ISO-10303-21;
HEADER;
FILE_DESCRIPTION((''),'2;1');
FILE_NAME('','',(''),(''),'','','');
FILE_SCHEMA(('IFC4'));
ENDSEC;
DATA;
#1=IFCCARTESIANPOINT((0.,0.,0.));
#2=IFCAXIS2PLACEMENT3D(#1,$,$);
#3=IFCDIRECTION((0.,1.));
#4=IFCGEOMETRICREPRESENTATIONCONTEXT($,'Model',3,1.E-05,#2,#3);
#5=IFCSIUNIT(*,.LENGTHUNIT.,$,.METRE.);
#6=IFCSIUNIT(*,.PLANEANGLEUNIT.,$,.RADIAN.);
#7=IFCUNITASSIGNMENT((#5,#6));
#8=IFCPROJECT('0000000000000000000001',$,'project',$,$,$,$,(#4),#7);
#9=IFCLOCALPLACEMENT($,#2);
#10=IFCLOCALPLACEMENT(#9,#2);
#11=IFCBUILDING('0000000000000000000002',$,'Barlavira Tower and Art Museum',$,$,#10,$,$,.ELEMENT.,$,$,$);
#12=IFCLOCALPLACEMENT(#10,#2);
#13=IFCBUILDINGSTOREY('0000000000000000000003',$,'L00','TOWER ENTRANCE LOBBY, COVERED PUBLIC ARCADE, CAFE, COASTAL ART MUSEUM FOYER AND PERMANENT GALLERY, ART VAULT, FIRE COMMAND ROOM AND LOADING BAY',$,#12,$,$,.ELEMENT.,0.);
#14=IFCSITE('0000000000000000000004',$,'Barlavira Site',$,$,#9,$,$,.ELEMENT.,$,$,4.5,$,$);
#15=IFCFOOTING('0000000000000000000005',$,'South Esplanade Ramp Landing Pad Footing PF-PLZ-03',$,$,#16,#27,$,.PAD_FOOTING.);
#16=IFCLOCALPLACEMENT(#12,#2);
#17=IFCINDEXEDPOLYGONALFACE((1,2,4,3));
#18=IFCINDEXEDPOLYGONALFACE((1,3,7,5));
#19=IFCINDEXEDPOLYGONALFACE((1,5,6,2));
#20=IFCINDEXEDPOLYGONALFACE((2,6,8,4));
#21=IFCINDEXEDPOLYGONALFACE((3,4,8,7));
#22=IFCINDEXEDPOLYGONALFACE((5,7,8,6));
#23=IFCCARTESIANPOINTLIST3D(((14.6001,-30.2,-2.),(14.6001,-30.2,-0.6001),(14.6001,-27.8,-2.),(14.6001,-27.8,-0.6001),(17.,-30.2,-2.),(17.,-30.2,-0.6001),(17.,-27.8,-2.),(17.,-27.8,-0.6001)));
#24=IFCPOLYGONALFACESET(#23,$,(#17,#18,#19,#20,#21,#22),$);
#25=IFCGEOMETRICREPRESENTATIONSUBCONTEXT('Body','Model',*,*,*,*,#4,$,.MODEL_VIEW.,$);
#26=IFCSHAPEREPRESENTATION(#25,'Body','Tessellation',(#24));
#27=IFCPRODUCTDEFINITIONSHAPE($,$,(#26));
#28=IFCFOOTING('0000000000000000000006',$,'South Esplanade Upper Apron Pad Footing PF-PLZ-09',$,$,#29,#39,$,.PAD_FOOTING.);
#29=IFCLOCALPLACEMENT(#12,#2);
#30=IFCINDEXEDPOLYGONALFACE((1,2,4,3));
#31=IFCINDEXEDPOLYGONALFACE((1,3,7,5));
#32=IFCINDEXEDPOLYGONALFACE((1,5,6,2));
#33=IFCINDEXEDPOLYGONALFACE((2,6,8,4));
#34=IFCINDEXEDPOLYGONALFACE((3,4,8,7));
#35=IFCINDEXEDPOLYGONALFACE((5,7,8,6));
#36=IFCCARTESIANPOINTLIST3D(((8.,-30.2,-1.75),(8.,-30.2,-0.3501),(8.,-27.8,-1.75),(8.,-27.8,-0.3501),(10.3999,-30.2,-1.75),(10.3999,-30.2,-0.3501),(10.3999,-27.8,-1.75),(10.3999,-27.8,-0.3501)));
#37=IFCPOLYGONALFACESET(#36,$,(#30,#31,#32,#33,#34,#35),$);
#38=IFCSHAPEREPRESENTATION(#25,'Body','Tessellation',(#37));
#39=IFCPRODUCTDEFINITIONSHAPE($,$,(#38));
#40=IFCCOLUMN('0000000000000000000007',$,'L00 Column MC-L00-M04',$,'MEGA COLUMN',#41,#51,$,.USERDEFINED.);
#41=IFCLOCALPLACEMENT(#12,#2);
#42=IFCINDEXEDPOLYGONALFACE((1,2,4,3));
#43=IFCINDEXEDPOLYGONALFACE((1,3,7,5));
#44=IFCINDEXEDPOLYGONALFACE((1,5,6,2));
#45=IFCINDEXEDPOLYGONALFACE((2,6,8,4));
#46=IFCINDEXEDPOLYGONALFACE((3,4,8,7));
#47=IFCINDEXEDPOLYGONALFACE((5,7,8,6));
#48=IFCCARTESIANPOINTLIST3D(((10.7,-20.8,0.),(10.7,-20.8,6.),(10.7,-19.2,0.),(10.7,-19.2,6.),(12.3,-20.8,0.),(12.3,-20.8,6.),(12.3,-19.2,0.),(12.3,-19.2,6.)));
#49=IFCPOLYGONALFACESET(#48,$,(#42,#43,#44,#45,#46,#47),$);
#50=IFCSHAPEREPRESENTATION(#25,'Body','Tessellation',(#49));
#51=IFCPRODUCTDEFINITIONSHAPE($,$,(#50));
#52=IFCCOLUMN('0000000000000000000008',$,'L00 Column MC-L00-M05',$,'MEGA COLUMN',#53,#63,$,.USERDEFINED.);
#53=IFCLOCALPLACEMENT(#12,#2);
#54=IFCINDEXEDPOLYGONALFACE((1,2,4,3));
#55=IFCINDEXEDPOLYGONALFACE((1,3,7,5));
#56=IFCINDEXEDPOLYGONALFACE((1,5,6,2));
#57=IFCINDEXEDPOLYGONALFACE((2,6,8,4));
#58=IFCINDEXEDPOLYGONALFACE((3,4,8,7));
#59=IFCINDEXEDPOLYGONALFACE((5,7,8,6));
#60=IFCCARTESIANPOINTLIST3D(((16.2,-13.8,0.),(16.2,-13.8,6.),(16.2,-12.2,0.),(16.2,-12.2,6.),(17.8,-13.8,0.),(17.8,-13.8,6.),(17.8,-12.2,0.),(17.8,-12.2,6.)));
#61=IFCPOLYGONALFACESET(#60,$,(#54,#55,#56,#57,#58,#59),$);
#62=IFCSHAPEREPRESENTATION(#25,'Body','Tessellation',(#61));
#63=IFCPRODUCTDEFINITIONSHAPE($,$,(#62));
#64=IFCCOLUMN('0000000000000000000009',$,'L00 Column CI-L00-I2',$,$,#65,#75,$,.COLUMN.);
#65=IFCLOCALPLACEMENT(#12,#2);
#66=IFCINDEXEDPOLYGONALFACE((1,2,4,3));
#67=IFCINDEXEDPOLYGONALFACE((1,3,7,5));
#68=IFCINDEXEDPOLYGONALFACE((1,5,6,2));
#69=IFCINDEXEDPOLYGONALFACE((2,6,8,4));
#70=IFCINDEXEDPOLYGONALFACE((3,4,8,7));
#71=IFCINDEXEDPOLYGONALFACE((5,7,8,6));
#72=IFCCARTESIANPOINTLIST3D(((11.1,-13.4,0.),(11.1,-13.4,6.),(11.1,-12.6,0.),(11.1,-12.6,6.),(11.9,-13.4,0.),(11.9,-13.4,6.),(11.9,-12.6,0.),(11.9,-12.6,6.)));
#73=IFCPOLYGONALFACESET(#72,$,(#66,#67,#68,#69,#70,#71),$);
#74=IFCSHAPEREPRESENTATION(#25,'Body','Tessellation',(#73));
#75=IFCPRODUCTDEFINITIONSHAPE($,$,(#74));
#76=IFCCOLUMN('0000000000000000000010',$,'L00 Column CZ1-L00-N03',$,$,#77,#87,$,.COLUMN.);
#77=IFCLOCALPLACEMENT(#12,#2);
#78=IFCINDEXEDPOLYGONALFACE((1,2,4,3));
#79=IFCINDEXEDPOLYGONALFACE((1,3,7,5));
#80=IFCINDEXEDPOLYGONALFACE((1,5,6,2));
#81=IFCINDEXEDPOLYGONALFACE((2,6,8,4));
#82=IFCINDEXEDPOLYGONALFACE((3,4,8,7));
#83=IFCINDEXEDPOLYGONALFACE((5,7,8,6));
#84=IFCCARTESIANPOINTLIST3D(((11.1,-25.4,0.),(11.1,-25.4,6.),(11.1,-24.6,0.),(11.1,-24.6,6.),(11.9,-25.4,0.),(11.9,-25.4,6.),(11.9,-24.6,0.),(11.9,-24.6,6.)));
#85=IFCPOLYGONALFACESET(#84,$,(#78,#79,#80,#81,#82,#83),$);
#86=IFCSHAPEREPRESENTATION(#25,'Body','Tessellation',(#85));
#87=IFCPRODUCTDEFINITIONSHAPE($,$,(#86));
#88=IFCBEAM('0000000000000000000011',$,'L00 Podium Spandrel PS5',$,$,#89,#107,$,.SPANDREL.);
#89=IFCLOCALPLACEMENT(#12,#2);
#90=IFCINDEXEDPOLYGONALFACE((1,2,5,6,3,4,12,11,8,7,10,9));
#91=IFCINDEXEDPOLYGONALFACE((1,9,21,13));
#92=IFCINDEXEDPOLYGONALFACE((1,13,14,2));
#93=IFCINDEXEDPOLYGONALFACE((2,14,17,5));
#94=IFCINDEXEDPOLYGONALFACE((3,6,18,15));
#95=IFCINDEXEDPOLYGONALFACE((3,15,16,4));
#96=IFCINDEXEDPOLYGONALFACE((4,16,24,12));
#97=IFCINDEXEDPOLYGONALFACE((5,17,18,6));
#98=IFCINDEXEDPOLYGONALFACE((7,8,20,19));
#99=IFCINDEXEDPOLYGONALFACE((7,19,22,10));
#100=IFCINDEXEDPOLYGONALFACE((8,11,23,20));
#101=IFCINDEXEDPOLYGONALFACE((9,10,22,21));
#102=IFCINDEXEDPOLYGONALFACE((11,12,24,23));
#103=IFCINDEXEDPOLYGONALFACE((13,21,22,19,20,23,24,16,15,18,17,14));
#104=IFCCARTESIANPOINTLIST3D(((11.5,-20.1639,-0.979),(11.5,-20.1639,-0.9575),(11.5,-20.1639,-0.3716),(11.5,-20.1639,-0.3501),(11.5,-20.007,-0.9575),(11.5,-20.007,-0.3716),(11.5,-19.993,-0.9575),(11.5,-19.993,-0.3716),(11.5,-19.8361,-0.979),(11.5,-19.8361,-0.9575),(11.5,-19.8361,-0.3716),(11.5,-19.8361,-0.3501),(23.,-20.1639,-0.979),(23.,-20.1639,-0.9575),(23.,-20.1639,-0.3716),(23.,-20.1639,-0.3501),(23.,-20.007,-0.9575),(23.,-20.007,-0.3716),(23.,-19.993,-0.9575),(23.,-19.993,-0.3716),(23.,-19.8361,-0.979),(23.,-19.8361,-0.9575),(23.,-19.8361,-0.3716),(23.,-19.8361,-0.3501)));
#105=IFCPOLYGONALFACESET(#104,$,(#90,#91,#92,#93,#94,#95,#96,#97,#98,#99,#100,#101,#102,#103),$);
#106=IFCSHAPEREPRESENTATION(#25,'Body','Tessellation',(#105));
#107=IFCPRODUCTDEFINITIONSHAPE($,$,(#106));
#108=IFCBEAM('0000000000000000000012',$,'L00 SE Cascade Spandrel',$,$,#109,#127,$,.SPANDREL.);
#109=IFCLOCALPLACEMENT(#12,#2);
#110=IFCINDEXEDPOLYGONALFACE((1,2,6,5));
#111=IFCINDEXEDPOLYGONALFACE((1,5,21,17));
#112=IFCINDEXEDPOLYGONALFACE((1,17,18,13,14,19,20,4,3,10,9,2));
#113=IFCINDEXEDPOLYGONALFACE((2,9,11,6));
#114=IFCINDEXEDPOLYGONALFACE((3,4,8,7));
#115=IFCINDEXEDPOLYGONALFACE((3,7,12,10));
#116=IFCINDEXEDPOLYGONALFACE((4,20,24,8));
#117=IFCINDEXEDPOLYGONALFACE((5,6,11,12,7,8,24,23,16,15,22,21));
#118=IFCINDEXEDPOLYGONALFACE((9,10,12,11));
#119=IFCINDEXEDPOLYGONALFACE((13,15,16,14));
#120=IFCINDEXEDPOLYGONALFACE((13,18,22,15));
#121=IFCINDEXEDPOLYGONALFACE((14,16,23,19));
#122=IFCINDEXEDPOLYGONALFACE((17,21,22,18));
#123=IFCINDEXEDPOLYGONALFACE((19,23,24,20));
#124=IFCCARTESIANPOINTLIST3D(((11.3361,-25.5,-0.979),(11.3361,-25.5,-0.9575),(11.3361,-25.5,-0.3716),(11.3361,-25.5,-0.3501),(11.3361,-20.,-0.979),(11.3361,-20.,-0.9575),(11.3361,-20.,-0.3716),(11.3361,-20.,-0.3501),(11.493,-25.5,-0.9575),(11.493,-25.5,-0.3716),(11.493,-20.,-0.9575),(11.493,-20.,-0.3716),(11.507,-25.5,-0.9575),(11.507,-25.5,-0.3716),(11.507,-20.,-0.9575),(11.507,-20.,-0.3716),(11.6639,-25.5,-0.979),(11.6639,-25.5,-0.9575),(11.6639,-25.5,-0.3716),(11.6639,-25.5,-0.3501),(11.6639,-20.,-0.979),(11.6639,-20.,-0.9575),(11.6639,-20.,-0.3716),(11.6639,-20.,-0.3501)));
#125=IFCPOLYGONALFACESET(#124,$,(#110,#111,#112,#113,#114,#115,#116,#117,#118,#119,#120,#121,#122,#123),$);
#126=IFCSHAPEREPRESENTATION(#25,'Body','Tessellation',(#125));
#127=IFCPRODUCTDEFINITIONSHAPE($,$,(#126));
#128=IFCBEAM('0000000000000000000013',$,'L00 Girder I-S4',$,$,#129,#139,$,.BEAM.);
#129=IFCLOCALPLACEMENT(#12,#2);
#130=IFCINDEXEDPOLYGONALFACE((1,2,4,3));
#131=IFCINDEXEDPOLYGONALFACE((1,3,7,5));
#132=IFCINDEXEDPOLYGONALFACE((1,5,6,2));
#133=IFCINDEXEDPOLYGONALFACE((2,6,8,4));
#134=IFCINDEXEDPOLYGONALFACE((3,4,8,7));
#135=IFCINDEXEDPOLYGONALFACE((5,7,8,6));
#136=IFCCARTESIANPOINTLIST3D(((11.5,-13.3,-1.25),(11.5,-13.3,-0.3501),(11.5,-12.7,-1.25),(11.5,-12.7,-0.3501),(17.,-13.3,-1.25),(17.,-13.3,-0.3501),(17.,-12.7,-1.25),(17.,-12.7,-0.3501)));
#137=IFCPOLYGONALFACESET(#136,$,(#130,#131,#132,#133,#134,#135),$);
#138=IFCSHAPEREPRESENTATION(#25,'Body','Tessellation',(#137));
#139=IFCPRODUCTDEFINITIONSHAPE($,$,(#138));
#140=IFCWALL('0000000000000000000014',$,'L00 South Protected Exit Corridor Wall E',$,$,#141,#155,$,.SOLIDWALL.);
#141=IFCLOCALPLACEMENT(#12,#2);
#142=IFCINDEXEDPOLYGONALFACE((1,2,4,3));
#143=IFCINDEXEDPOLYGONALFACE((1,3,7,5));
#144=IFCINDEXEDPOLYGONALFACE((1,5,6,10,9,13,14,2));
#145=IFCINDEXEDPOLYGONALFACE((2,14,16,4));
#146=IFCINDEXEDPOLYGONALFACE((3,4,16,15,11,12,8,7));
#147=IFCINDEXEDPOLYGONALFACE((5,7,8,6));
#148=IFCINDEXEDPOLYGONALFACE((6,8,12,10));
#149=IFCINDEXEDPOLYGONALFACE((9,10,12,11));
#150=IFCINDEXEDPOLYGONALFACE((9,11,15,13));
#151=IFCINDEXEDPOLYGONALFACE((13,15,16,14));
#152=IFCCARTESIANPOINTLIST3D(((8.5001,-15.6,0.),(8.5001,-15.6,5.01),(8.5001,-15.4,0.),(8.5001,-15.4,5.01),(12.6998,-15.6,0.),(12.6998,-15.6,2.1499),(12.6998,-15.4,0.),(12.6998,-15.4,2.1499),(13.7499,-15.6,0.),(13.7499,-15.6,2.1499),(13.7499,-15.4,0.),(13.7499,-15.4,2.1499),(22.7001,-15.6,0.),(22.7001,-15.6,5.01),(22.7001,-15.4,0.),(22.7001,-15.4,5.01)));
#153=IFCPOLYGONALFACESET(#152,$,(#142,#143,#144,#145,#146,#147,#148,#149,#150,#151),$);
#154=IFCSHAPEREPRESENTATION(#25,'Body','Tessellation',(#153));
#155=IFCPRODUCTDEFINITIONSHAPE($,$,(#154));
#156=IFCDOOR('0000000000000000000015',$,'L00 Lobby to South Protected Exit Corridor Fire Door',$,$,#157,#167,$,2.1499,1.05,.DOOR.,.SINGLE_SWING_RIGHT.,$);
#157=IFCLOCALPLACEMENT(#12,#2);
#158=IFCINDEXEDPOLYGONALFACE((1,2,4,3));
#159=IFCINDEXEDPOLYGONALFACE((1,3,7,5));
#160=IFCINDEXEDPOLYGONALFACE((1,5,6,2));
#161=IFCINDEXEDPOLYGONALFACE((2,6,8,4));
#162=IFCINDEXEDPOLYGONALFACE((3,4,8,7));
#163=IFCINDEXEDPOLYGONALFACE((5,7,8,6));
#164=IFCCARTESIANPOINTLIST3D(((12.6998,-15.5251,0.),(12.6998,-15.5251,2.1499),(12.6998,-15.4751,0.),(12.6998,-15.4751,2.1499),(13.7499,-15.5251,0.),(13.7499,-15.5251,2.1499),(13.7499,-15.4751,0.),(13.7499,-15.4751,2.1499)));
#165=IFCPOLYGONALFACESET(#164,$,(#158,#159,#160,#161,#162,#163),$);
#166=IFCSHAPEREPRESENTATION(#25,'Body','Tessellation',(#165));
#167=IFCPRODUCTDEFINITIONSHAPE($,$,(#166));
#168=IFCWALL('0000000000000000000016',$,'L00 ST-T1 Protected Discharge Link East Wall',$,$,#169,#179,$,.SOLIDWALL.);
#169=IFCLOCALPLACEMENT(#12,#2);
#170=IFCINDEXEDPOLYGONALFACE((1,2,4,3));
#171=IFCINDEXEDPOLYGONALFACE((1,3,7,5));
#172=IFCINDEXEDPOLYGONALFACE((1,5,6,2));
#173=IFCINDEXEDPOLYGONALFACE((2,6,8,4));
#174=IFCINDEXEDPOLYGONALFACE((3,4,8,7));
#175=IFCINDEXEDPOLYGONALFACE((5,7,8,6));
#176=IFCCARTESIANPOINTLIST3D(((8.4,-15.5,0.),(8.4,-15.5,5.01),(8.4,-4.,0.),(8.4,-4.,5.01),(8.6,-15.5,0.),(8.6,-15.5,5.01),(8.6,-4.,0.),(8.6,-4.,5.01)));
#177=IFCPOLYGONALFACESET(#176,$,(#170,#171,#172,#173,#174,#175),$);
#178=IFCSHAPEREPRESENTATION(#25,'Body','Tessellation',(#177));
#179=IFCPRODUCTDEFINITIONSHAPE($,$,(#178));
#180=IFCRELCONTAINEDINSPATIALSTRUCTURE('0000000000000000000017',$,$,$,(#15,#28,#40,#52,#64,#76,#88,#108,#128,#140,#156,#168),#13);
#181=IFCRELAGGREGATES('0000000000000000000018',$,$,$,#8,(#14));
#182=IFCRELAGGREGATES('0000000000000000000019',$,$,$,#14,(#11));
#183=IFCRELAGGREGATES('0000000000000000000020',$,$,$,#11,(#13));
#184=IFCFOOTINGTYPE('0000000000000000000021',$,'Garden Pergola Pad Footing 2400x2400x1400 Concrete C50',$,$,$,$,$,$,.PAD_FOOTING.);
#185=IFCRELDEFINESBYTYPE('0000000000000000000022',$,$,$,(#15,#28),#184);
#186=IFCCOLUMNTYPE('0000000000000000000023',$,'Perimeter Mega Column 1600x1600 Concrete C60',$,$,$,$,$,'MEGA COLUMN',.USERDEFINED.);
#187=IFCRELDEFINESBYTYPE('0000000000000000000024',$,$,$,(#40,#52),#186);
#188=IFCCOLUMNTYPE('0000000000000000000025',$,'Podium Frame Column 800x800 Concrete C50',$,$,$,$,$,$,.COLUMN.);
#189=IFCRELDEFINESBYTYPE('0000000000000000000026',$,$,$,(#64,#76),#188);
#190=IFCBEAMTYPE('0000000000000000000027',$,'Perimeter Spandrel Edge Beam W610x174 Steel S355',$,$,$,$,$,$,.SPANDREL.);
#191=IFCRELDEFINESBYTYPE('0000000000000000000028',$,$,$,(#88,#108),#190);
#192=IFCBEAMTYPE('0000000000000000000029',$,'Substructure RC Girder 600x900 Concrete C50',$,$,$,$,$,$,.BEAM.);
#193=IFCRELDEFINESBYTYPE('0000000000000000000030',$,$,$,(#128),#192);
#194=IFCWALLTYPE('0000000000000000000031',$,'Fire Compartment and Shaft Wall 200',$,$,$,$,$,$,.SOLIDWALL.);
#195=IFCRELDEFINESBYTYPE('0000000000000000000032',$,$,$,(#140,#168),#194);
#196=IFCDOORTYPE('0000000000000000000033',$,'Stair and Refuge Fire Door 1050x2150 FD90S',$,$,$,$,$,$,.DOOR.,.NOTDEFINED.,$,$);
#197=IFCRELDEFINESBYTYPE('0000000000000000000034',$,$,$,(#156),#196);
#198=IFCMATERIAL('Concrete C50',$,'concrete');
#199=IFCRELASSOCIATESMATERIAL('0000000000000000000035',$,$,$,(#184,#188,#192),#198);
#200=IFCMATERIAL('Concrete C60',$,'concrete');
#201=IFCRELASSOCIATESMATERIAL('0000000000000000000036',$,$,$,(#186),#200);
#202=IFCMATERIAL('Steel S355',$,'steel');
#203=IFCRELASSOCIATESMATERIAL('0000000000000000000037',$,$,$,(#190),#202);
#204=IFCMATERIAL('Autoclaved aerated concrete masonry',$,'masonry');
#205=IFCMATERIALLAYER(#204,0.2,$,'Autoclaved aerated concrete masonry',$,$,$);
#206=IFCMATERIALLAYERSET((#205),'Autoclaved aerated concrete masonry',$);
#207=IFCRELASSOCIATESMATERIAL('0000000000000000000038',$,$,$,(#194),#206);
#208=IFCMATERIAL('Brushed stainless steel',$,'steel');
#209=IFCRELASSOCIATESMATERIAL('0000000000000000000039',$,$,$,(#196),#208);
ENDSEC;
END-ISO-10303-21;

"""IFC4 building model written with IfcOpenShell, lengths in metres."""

from ifc_helpers import new_model, si_unit, direction, frame, frame_2d, origin, origin_2d, place, context, subcontext, project, spatial, rectangle, i_section, extrude, material, layer, layer_set, material_profile, profile_set, type_object, element, fill, save


model = new_model("IFC4")

# Units and contexts
model_context = context("Model", 3, precision=1e-05, world=origin(), true_north=direction((0.0, 1.0)))
body_context = subcontext(model_context, "Body", "Model", "MODEL_VIEW")
ifc_project = project(units=[si_unit("LENGTHUNIT", "METRE"), si_unit("PLANEANGLEUNIT", "RADIAN")], contexts=[model_context])

# Site, building, storey
site_placement = place(None, origin())
site = spatial("IfcSite", under=ifc_project, at=site_placement, Name="Barlavira Site", CompositionType="ELEMENT", RefElevation=4.5)
building_placement = place(site_placement, origin())
building = spatial("IfcBuilding", under=site, at=building_placement, Name="Barlavira Tower and Art Museum", CompositionType="ELEMENT")
storey_placement = place(building_placement, origin())
storey = spatial("IfcBuildingStorey", under=building, at=storey_placement, Name="L00", Description="TOWER ENTRANCE LOBBY, COVERED PUBLIC ARCADE, CAFE, COASTAL ART MUSEUM FOYER AND PERMANENT GALLERY, ART VAULT, FIRE COMMAND ROOM AND LOADING BAY", CompositionType="ELEMENT", Elevation=0.0)

# Footings
ifc_material_1 = material(Name="Concrete C50", Category="concrete")
footing_type = type_object("IfcFootingType", Name="Garden Pergola Pad Footing 2400x2400x1400 Concrete C50", PredefinedType="PAD_FOOTING", material=ifc_material_1)
for number, where, z_axis, x_axis, name in (
    (1, (15.8, -29.0, -2.0), (0.0, 0.0, 1.0), (1.0, 0.0, 0.0), "South Esplanade Ramp Landing Pad Footing PF-PLZ-03"),
    (2, (9.2, -29.0, -1.75), (0.0, 0.0, 1.0), (1.0, 0.0, 0.0), "South Esplanade Upper Apron Pad Footing PF-PLZ-09"),
):
    element("IfcFooting", number, at=place(storey_placement, frame(where, z_axis=z_axis, x_axis=x_axis)), inside=storey, type_object=footing_type, Name=name, PredefinedType="PAD_FOOTING", context=body_context, shape_type="SweptSolid", body=[
        extrude(rectangle(XDim=2.3999, YDim=2.3999, at=origin_2d()), origin(), (0.0, 0.0, 1.0), 1.3999),
    ])

# Columns
ifc_material_2 = material(Name="Concrete C60", Category="concrete")
ifc_material_profile_1 = material_profile(ifc_material_2, rectangle(XDim=1.6001, YDim=1.6001, at=origin_2d()), Name="RC-MCOL 1600x1600")
ifc_profile_set_1 = profile_set([ifc_material_profile_1], Name="Concrete C60")
column_type_1 = type_object("IfcColumnType", Name="Perimeter Mega Column 1600x1600 Concrete C60", ElementType="MEGA COLUMN", PredefinedType="USERDEFINED", material=ifc_profile_set_1)
for number, where, z_axis, x_axis, name in (
    (3, (11.5, -20.0, 0.0), (0.0, 0.0, 1.0), (1.0, 0.0, 0.0), "L00 Column MC-L00-M04"),
    (4, (17.0, -13.0, 0.0), (0.0, 0.0, 1.0), (1.0, 0.0, 0.0), "L00 Column MC-L00-M05"),
):
    element("IfcColumn", number, at=place(storey_placement, frame(where, z_axis=z_axis, x_axis=x_axis)), inside=storey, type_object=column_type_1, Name=name, ObjectType="MEGA COLUMN", PredefinedType="USERDEFINED", context=body_context, shape_type="SweptSolid", body=[
        extrude(rectangle(XDim=1.6001, YDim=1.6001, at=origin_2d()), origin(), (0.0, 0.0, 1.0), 6.0),
    ])
ifc_material_profile_2 = material_profile(ifc_material_1, rectangle(XDim=0.8, YDim=0.8, at=origin_2d()), Name="RC-COL 800x800")
ifc_profile_set_2 = profile_set([ifc_material_profile_2], Name="Concrete C50")
column_type_2 = type_object("IfcColumnType", Name="Podium Frame Column 800x800 Concrete C50", PredefinedType="COLUMN", material=ifc_profile_set_2)
for number, where, z_axis, x_axis, name in (
    (5, (11.5, -13.0, 0.0), (0.0, 0.0, 1.0), (1.0, 0.0, 0.0), "L00 Column CI-L00-I2"),
    (6, (11.5, -25.0, 0.0), (0.0, 0.0, 1.0), (1.0, 0.0, 0.0), "L00 Column CZ1-L00-N03"),
):
    element("IfcColumn", number, at=place(storey_placement, frame(where, z_axis=z_axis, x_axis=x_axis)), inside=storey, type_object=column_type_2, Name=name, PredefinedType="COLUMN", context=body_context, shape_type="SweptSolid", body=[
        extrude(rectangle(XDim=0.8, YDim=0.8, at=origin_2d()), origin(), (0.0, 0.0, 1.0), 6.0),
    ])

# Beams
ifc_material_3 = material(Name="Steel S355", Category="steel")
ifc_material_profile_3 = material_profile(ifc_material_3, i_section(OverallWidth=0.3279, OverallDepth=0.6289, WebThickness=0.0139, FlangeThickness=0.0215, at=origin_2d()), Name="W610x174.0")
ifc_profile_set_3 = profile_set([ifc_material_profile_3], Name="Steel S355")
beam_type_1 = type_object("IfcBeamType", Name="Perimeter Spandrel Edge Beam W610x174 Steel S355", PredefinedType="SPANDREL", material=ifc_profile_set_3)
beam_1_placement = place(storey_placement, frame((11.5, -20.0, -0.6646), z_axis=(1.0, 0.0, 0.0), x_axis=(0.0, 1.0, 0.0)))
element("IfcBeam", 7, at=beam_1_placement, inside=storey, type_object=beam_type_1, Name="L00 Podium Spandrel PS5", PredefinedType="SPANDREL", context=body_context, shape_type="SweptSolid", body=[
    extrude(i_section(OverallWidth=0.3279, OverallDepth=0.6289, WebThickness=0.0139, FlangeThickness=0.0215, at=origin_2d()), origin(), (0.0, 0.0, 1.0), 11.5),
])
beam_2_placement = place(storey_placement, frame((11.5, -25.5, -0.6646), z_axis=(0.0, 1.0, 0.0), x_axis=(-1.0, 0.0, 0.0)))
element("IfcBeam", 8, at=beam_2_placement, inside=storey, type_object=beam_type_1, Name="L00 SE Cascade Spandrel", PredefinedType="SPANDREL", context=body_context, shape_type="SweptSolid", body=[
    extrude(i_section(OverallWidth=0.3279, OverallDepth=0.6289, WebThickness=0.0139, FlangeThickness=0.0215, at=origin_2d()), origin(), (0.0, 0.0, 1.0), 5.5),
])
ifc_material_profile_4 = material_profile(ifc_material_1, rectangle(XDim=0.6001, YDim=0.8999, at=origin_2d()), Name="RC-BM 600x900")
ifc_profile_set_4 = profile_set([ifc_material_profile_4], Name="Concrete C50")
beam_type_2 = type_object("IfcBeamType", Name="Substructure RC Girder 600x900 Concrete C50", PredefinedType="BEAM", material=ifc_profile_set_4)
beam_3_placement = place(storey_placement, frame((11.5, -13.0, -0.8), z_axis=(1.0, 0.0, 0.0), x_axis=(0.0, 1.0, 0.0)))
element("IfcBeam", 9, at=beam_3_placement, inside=storey, type_object=beam_type_2, Name="L00 Girder I-S4", PredefinedType="BEAM", context=body_context, shape_type="SweptSolid", body=[
    extrude(rectangle(XDim=0.6001, YDim=0.8999, at=origin_2d()), origin(), (0.0, 0.0, 1.0), 5.5),
])

# Wall, opening, door
ifc_material_4 = material(Name="Autoclaved aerated concrete masonry", Category="masonry")
ifc_layer_1 = layer(ifc_material_4, 0.2, Name="Autoclaved aerated concrete masonry")
ifc_layer_set_1 = layer_set([ifc_layer_1], Name="Autoclaved aerated concrete masonry")
wall_type = type_object("IfcWallType", Name="Fire Compartment and Shaft Wall 200", PredefinedType="SOLIDWALL", material=ifc_layer_set_1)
wall_1_placement = place(storey_placement, frame((8.5, -15.5, 0.0), z_axis=(0.0, 0.0, 1.0), x_axis=(1.0, 0.0, 0.0)))
wall_1 = element("IfcWall", 10, at=wall_1_placement, inside=storey, type_object=wall_type, Name="L00 South Protected Exit Corridor Wall E", PredefinedType="SOLIDWALL", context=body_context, shape_type="SweptSolid", body=[
    extrude(rectangle(XDim=14.2, YDim=0.2, at=frame_2d((7.1001, 0.0))), origin(), (0.0, 0.0, 1.0), 5.01),
])
opening_1_placement = place(wall_1_placement, frame((4.2, 0.0, 0.0)))
opening_1 = element("IfcOpeningElement", 11, at=opening_1_placement, cuts=wall_1, PredefinedType="OPENING", context=body_context, shape_type="SweptSolid", body=[
    extrude(rectangle(XDim=1.05, YDim=2.1499, at=frame_2d((0.5249, 1.075))), frame((0.0, 0.1099, 0.0), z_axis=(0.0, -1.0, 0.0), x_axis=(1.0, 0.0, 0.0)), (0.0, 0.0, 1.0), 0.22),
])
ifc_material_5 = material(Name="Brushed stainless steel", Category="steel")
door_type = type_object("IfcDoorType", Name="Stair and Refuge Fire Door 1050x2150 FD90S", OperationType="NOTDEFINED", PredefinedType="DOOR", material=ifc_material_5)
door_1_placement = place(opening_1_placement, origin())
door_1 = element("IfcDoor", 12, at=door_1_placement, inside=storey, type_object=door_type, Name="L00 Lobby to South Protected Exit Corridor Fire Door", OperationType="SINGLE_SWING_RIGHT", OverallHeight=2.1499, OverallWidth=1.05, PredefinedType="DOOR", context=body_context, shape_type="SweptSolid", body=[
    extrude(rectangle(XDim=1.05, YDim=2.1499, at=frame_2d((0.5249, 1.075))), frame((0.0, 0.0249, 0.0), z_axis=(0.0, -1.0, 0.0), x_axis=(1.0, 0.0, 0.0)), (0.0, 0.0, 1.0), 0.05),
])
fill(opening_1, door_1)

# Wall
wall_2_placement = place(storey_placement, frame((8.5, -15.5, 0.0), z_axis=(0.0, 0.0, 1.0), x_axis=(0.0, 1.0, 0.0)))
element("IfcWall", 13, at=wall_2_placement, inside=storey, type_object=wall_type, Name="L00 ST-T1 Protected Discharge Link East Wall", PredefinedType="SOLIDWALL", context=body_context, shape_type="SweptSolid", body=[
    extrude(rectangle(XDim=11.5, YDim=0.2, at=frame_2d((5.75, 0.0))), origin(), (0.0, 0.0, 1.0), 5.01),
])

save(model, "model.ifc")
